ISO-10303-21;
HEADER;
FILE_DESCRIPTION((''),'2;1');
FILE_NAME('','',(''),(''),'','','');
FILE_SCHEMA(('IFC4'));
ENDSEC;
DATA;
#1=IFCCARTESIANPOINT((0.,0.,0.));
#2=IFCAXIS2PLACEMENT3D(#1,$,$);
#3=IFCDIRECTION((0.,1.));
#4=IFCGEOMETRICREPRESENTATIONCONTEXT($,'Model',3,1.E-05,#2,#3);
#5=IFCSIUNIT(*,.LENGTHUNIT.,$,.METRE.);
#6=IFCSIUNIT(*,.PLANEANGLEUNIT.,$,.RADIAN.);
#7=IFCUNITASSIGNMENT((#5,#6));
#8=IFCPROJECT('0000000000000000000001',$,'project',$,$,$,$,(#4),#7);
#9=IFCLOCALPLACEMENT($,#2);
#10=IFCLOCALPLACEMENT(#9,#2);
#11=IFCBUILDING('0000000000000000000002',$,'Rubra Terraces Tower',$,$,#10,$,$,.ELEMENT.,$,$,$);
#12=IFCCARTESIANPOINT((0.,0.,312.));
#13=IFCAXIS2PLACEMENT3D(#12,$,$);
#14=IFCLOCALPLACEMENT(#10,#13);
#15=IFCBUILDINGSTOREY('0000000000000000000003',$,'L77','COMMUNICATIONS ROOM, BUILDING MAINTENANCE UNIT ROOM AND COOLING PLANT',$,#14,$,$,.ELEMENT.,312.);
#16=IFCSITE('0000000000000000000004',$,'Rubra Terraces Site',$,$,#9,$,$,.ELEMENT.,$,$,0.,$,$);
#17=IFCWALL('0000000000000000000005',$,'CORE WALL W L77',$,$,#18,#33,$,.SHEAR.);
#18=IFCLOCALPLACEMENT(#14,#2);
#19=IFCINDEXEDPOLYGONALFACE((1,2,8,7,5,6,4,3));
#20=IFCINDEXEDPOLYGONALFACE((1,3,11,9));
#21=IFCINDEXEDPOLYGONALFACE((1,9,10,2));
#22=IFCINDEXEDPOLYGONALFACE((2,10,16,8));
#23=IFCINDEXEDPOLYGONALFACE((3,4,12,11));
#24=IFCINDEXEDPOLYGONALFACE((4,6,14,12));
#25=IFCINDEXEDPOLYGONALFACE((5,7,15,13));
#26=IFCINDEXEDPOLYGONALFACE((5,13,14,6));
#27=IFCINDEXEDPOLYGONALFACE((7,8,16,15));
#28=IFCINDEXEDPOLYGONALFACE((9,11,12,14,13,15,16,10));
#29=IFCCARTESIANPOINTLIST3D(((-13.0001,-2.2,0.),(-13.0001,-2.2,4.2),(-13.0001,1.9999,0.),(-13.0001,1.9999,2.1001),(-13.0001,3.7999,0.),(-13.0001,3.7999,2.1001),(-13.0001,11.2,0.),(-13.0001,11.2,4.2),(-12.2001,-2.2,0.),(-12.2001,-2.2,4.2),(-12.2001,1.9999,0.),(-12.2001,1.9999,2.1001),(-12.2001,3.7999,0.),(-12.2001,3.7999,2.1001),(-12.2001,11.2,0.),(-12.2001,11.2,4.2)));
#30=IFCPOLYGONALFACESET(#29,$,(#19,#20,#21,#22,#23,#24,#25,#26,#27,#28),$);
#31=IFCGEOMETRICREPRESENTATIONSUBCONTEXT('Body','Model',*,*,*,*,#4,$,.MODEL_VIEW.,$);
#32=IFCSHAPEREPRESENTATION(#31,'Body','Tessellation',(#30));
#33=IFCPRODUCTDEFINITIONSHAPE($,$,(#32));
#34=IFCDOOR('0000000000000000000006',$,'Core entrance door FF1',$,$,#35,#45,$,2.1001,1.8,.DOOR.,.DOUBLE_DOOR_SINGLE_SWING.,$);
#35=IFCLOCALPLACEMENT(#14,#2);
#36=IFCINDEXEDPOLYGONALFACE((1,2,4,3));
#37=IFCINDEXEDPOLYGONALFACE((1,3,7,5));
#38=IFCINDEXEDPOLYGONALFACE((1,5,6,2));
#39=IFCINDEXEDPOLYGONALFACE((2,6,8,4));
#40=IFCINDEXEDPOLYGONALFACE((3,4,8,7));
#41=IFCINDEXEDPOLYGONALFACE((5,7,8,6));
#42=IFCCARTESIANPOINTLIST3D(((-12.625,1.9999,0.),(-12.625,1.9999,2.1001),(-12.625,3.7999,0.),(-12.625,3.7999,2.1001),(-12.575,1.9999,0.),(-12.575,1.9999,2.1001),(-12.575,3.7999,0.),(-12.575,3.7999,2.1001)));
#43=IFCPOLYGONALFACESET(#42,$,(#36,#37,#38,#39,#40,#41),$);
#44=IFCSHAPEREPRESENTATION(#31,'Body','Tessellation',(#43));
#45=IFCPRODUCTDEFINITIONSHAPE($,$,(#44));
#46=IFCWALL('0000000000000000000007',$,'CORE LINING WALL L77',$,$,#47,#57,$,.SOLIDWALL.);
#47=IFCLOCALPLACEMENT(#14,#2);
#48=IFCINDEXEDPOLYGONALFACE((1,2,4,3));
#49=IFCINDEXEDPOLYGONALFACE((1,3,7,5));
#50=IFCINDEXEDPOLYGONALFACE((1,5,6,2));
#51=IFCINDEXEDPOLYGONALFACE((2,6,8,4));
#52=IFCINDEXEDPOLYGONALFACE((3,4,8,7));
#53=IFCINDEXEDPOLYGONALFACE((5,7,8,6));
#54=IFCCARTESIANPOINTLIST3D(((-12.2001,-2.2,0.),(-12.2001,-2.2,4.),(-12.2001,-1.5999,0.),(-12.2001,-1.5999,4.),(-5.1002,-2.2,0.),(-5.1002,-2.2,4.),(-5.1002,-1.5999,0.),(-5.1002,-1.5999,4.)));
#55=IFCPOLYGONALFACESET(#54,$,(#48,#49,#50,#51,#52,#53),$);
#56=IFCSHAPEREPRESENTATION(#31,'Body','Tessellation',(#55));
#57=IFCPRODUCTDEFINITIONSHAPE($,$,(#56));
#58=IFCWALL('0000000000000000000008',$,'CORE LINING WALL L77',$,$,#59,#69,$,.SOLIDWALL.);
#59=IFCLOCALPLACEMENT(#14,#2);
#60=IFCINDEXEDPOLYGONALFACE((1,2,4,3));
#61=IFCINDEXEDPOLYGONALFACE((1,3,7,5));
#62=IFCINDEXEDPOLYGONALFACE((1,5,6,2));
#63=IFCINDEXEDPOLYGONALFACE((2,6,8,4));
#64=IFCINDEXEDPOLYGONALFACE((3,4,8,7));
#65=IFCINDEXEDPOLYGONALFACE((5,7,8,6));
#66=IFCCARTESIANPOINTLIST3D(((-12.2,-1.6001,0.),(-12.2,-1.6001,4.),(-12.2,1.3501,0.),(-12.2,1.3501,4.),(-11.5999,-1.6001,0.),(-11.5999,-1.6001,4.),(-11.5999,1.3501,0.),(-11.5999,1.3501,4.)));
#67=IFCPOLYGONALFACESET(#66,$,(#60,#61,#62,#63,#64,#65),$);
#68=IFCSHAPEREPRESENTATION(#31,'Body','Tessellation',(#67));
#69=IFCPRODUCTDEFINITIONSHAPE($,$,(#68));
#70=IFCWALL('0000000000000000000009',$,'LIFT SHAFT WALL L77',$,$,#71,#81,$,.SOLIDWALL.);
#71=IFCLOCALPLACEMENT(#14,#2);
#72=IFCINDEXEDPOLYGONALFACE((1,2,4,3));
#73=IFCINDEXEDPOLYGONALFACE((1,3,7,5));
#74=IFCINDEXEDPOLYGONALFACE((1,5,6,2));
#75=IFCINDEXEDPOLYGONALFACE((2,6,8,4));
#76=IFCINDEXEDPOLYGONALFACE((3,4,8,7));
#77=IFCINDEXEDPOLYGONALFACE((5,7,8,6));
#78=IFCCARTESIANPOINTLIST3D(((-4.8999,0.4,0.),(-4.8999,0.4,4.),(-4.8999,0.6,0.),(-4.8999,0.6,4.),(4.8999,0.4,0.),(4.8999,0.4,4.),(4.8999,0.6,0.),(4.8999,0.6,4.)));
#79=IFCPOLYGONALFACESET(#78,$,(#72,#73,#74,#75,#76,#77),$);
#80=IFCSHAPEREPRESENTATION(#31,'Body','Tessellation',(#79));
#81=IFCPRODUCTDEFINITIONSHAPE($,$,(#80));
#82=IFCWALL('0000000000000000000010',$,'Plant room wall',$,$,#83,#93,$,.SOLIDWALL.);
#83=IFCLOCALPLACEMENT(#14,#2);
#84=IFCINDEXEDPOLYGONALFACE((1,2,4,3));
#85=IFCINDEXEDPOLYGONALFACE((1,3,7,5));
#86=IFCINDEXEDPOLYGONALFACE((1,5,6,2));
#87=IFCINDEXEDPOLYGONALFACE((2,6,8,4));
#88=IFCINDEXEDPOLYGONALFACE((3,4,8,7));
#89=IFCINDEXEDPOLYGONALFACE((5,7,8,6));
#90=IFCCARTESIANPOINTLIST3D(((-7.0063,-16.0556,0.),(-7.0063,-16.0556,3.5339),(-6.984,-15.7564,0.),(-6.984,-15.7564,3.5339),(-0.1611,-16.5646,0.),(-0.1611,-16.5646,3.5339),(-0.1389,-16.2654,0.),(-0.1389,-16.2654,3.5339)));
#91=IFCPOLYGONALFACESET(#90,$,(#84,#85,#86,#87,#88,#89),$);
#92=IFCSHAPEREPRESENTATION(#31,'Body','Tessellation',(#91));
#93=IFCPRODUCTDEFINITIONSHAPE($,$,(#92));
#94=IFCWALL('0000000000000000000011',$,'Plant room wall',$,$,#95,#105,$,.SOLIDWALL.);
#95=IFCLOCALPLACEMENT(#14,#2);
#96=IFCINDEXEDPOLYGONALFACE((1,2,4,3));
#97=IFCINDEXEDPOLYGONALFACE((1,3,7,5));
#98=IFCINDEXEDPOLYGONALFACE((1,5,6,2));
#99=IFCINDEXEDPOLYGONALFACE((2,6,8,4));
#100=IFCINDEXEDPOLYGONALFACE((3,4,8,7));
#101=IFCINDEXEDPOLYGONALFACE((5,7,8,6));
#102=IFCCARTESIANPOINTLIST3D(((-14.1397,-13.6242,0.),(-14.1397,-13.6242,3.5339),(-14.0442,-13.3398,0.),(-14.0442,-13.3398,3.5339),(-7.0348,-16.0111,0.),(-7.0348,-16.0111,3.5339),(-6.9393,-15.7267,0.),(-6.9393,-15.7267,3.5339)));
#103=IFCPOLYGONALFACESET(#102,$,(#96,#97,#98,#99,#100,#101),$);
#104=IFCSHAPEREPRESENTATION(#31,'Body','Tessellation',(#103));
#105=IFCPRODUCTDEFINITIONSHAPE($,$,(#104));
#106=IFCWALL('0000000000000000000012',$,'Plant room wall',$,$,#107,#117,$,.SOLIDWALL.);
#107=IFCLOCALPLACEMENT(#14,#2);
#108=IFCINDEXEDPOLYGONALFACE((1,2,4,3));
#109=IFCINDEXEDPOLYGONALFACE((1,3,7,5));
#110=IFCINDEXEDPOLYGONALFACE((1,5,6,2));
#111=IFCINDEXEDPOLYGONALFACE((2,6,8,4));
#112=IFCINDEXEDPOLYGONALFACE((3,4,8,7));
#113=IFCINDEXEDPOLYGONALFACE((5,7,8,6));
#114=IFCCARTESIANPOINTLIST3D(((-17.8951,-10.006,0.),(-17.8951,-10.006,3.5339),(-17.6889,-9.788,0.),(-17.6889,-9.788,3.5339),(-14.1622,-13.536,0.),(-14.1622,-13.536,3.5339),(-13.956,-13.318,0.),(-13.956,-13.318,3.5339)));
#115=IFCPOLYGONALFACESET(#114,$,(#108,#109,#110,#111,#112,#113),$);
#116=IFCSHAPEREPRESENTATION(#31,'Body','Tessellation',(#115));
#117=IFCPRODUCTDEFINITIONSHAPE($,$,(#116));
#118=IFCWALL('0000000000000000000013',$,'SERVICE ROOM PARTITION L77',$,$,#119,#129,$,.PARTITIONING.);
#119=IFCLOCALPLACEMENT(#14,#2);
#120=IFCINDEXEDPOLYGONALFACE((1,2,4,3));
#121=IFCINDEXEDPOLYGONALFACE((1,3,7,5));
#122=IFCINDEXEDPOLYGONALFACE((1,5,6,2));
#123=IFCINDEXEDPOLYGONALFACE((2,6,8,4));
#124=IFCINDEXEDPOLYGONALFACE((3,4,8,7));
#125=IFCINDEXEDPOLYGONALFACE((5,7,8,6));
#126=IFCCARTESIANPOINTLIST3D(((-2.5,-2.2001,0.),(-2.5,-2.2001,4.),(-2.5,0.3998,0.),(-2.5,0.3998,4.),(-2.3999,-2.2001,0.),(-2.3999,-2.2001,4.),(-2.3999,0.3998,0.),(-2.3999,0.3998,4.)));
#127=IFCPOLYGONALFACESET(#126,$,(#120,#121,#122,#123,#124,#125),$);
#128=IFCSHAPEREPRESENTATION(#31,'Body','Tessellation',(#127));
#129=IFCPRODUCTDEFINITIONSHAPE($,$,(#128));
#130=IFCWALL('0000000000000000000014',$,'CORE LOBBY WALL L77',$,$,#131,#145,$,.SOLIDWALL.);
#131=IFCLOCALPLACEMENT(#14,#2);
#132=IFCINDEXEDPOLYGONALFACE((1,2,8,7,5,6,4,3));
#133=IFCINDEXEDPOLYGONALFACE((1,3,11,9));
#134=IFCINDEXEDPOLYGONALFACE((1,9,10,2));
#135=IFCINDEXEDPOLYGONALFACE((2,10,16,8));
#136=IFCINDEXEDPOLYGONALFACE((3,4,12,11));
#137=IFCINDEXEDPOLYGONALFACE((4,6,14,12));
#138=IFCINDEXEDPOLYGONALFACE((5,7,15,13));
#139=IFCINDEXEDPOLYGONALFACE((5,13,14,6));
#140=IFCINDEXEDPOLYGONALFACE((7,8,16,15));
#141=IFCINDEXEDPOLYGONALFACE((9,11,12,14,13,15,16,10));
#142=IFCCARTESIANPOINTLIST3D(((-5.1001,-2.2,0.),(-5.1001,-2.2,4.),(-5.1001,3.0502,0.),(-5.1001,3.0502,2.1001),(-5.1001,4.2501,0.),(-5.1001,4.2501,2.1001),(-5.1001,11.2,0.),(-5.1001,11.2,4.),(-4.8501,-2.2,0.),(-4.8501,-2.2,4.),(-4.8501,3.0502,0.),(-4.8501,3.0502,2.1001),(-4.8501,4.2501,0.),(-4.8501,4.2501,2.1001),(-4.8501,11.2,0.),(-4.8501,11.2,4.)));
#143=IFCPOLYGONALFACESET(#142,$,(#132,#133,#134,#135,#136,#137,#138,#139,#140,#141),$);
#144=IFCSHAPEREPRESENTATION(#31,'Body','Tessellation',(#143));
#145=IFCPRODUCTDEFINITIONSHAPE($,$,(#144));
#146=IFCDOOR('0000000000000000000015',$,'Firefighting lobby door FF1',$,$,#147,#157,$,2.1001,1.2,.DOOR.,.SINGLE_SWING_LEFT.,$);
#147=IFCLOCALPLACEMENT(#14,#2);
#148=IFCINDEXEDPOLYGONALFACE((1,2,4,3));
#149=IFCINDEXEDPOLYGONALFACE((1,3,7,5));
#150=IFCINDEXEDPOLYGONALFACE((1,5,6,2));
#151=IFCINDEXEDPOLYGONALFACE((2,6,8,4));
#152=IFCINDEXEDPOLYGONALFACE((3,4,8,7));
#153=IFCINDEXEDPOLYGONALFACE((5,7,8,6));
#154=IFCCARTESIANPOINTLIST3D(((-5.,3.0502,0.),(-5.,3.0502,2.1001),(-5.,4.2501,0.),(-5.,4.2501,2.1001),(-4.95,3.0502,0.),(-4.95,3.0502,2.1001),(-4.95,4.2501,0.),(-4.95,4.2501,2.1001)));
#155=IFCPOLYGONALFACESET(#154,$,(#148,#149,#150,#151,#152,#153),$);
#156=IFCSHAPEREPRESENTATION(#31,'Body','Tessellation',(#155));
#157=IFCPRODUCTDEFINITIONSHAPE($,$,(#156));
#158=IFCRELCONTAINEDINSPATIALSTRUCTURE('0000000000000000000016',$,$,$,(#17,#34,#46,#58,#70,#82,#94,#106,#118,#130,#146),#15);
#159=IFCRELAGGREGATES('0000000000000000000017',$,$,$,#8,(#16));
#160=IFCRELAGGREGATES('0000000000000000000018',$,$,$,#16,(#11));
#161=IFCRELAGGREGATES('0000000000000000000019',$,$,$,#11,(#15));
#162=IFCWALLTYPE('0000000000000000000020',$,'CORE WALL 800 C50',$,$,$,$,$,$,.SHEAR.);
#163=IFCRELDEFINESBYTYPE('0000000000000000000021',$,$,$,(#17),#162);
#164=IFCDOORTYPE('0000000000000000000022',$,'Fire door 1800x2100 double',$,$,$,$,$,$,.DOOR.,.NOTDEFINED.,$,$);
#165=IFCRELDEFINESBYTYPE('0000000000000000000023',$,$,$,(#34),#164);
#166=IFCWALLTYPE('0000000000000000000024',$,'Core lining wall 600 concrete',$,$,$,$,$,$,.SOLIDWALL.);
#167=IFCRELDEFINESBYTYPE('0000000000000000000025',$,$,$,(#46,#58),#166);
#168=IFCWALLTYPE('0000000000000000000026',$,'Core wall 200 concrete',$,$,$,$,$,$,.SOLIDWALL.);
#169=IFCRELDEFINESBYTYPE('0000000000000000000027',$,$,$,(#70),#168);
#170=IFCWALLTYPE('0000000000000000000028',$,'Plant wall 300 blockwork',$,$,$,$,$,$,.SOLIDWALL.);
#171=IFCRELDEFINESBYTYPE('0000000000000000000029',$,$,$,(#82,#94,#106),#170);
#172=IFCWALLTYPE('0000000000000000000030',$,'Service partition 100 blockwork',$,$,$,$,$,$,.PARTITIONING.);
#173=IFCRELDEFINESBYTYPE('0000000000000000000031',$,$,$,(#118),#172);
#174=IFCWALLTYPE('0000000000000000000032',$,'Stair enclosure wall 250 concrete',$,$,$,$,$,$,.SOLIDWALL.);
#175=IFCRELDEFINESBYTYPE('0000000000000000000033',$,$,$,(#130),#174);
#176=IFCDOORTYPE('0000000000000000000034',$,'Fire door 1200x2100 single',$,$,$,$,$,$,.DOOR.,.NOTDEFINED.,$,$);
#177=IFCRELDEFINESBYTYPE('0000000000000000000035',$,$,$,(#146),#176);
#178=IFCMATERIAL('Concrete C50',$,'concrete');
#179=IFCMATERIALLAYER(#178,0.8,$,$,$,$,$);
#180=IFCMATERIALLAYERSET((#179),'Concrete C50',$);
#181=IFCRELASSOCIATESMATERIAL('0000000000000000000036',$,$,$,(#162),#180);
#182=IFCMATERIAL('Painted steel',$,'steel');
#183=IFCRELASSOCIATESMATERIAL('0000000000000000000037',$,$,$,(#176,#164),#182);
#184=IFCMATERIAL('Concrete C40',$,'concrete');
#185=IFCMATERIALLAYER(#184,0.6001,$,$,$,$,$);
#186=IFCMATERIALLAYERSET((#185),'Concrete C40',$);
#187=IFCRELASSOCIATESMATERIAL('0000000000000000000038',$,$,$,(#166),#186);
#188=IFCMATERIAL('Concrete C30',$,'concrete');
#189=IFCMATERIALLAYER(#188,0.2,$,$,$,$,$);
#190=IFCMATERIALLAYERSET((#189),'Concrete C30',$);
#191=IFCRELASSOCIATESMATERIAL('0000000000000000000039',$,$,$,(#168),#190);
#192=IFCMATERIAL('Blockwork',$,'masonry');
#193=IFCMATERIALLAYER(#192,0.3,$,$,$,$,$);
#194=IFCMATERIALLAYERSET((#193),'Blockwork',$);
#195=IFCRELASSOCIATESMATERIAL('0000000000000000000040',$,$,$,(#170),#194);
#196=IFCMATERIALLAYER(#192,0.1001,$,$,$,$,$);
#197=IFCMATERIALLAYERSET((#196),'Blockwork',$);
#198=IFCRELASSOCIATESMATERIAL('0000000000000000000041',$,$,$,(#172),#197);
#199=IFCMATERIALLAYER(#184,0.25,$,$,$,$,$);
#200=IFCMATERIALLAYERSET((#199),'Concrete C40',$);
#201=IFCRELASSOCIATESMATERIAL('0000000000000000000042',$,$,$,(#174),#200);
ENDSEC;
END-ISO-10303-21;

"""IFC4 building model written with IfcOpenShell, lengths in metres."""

from ifc_helpers import new_model, si_unit, direction, frame, frame_2d, origin, place, context, subcontext, project, spatial, rectangle, extrude, material, layer, layer_set, type_object, element, fill, save


model = new_model("IFC4")

# Units and contexts
model_context = context("Model", 3, precision=1e-05, world=origin(), true_north=direction((0.0, 1.0)))
body_context = subcontext(model_context, "Body", "Model", "MODEL_VIEW")
ifc_project = project(units=[si_unit("LENGTHUNIT", "METRE"), si_unit("PLANEANGLEUNIT", "RADIAN")], contexts=[model_context])

# Site, building, storey
site_placement = place(None, origin())
site = spatial("IfcSite", under=ifc_project, at=site_placement, Name="Rubra Terraces Site", CompositionType="ELEMENT", RefElevation=0.0)
building_placement = place(site_placement, origin())
building = spatial("IfcBuilding", under=site, at=building_placement, Name="Rubra Terraces Tower", CompositionType="ELEMENT")
storey_placement = place(building_placement, frame((0.0, 0.0, 312.0)))
storey = spatial("IfcBuildingStorey", under=building, at=storey_placement, Name="L77", Description="COMMUNICATIONS ROOM, BUILDING MAINTENANCE UNIT ROOM AND COOLING PLANT", CompositionType="ELEMENT", Elevation=312.0)

# Shared definitions
ifc_material_1 = material(Name="Concrete C50", Category="concrete")
ifc_layer_1 = layer(ifc_material_1, 0.8)
ifc_layer_set_1 = layer_set([ifc_layer_1], Name="Concrete C50")
wall_type_1 = type_object("IfcWallType", Name="CORE WALL 800 C50", PredefinedType="SHEAR", material=ifc_layer_set_1)
ifc_material_2 = material(Name="Painted steel", Category="steel")
door_type_1 = type_object("IfcDoorType", Name="Fire door 1200x2100 single", OperationType="NOTDEFINED", PredefinedType="DOOR", material=ifc_material_2)

# Wall, opening, door
wall_1_placement = place(storey_placement, frame((-12.6001, -2.2, 0.0), z_axis=(0.0, 0.0, 1.0), x_axis=(0.0, 1.0, 0.0)))
wall_1 = element("IfcWall", 1, at=wall_1_placement, inside=storey, type_object=wall_type_1, Name="CORE WALL W L77", PredefinedType="SHEAR", context=body_context, shape_type="SweptSolid", body=[
    extrude(rectangle(XDim=13.3999, YDim=0.8, at=frame_2d((6.7, 0.0))), origin(), (0.0, 0.0, 1.0), 4.2),
])
opening_1_placement = place(wall_1_placement, frame((4.2, 0.0, 0.0)))
opening_1 = element("IfcOpeningElement", 2, at=opening_1_placement, cuts=wall_1, PredefinedType="OPENING", context=body_context, shape_type="SweptSolid", body=[
    extrude(rectangle(XDim=1.8, YDim=2.1001, at=frame_2d((0.8999, 1.05))), frame((0.0, 0.4099, 0.0), z_axis=(0.0, -1.0, 0.0), x_axis=(1.0, 0.0, 0.0)), (0.0, 0.0, 1.0), 0.8201),
])
door_type_2 = type_object("IfcDoorType", Name="Fire door 1800x2100 double", OperationType="NOTDEFINED", PredefinedType="DOOR", material=ifc_material_2)
door_1_placement = place(opening_1_placement, origin())
door_1 = element("IfcDoor", 3, at=door_1_placement, inside=storey, type_object=door_type_2, Name="Core entrance door FF1", OperationType="DOUBLE_DOOR_SINGLE_SWING", OverallHeight=2.1001, OverallWidth=1.8, PredefinedType="DOOR", context=body_context, shape_type="SweptSolid", body=[
    extrude(rectangle(XDim=1.8, YDim=2.1001, at=frame_2d((0.8999, 1.05))), frame((0.0, 0.0249, 0.0), z_axis=(0.0, -1.0, 0.0), x_axis=(1.0, 0.0, 0.0)), (0.0, 0.0, 1.0), 0.05),
])
fill(opening_1, door_1)

# Walls
ifc_material_3 = material(Name="Concrete C40", Category="concrete")
ifc_layer_2 = layer(ifc_material_3, 0.6001)
ifc_layer_set_2 = layer_set([ifc_layer_2], Name="Concrete C40")
wall_type_2 = type_object("IfcWallType", Name="Core lining wall 600 concrete", PredefinedType="SOLIDWALL", material=ifc_layer_set_2)
wall_2_placement = place(storey_placement, frame((-12.2, -1.8999, 0.0), z_axis=(0.0, 0.0, 1.0), x_axis=(1.0, 0.0, 0.0)))
element("IfcWall", 4, at=wall_2_placement, inside=storey, type_object=wall_type_2, Name="CORE LINING WALL L77", PredefinedType="SOLIDWALL", context=body_context, shape_type="SweptSolid", body=[
    extrude(rectangle(XDim=7.0999, YDim=0.6001, at=frame_2d((3.5498, 0.0))), origin(), (0.0, 0.0, 1.0), 4.0),
])
wall_3_placement = place(storey_placement, frame((-11.8999, -1.6001, 0.0), z_axis=(0.0, 0.0, 1.0), x_axis=(0.0, 1.0, 0.0)))
element("IfcWall", 5, at=wall_3_placement, inside=storey, type_object=wall_type_2, Name="CORE LINING WALL L77", PredefinedType="SOLIDWALL", context=body_context, shape_type="SweptSolid", body=[
    extrude(rectangle(XDim=2.9502, YDim=0.6001, at=frame_2d((1.4751, 0.0))), origin(), (0.0, 0.0, 1.0), 4.0),
])
ifc_material_4 = material(Name="Concrete C30", Category="concrete")
ifc_layer_3 = layer(ifc_material_4, 0.2)
ifc_layer_set_3 = layer_set([ifc_layer_3], Name="Concrete C30")
wall_type_3 = type_object("IfcWallType", Name="Core wall 200 concrete", PredefinedType="SOLIDWALL", material=ifc_layer_set_3)
wall_4_placement = place(storey_placement, frame((-4.8999, 0.5, 0.0), z_axis=(0.0, 0.0, 1.0), x_axis=(1.0, 0.0, 0.0)))
element("IfcWall", 6, at=wall_4_placement, inside=storey, type_object=wall_type_3, Name="LIFT SHAFT WALL L77", PredefinedType="SOLIDWALL", context=body_context, shape_type="SweptSolid", body=[
    extrude(rectangle(XDim=9.7998, YDim=0.2, at=frame_2d((4.8999, 0.0))), origin(), (0.0, 0.0, 1.0), 4.0),
])
ifc_material_5 = material(Name="Blockwork", Category="masonry")
ifc_layer_4 = layer(ifc_material_5, 0.3)
ifc_layer_set_4 = layer_set([ifc_layer_4], Name="Blockwork")
wall_type_4 = type_object("IfcWallType", Name="Plant wall 300 blockwork", PredefinedType="SOLIDWALL", material=ifc_layer_set_4)
wall_5_placement = place(storey_placement, frame((-0.1499, -16.415, 0.0), z_axis=(0.0, 0.0, 1.0), x_axis=(-0.997246, 0.074159, 0.0)))
element("IfcWall", 7, at=wall_5_placement, inside=storey, type_object=wall_type_4, Name="Plant room wall", PredefinedType="SOLIDWALL", context=body_context, shape_type="SweptSolid", body=[
    extrude(rectangle(XDim=6.864, YDim=0.3, at=frame_2d((3.4321, 0.0))), origin(), (0.0, 0.0, 1.0), 3.5339),
])
wall_6_placement = place(storey_placement, frame((-6.9871, -15.8689, 0.0), z_axis=(0.0, 0.0, 1.0), x_axis=(-0.947935, 0.318465, 0.0)))
element("IfcWall", 8, at=wall_6_placement, inside=storey, type_object=wall_type_4, Name="Plant room wall", PredefinedType="SOLIDWALL", context=body_context, shape_type="SweptSolid", body=[
    extrude(rectangle(XDim=7.4951, YDim=0.3, at=frame_2d((3.7476, 0.0))), origin(), (0.0, 0.0, 1.0), 3.5339),
])
wall_7_placement = place(storey_placement, frame((-14.0591, -13.427, 0.0), z_axis=(0.0, 0.0, 1.0), x_axis=(-0.726575, 0.687087, 0.0)))
element("IfcWall", 9, at=wall_7_placement, inside=storey, type_object=wall_type_4, Name="Plant room wall", PredefinedType="SOLIDWALL", context=body_context, shape_type="SweptSolid", body=[
    extrude(rectangle(XDim=5.1377, YDim=0.3, at=frame_2d((2.5688, 0.0))), origin(), (0.0, 0.0, 1.0), 3.5339),
])
ifc_layer_5 = layer(ifc_material_5, 0.1001)
ifc_layer_set_5 = layer_set([ifc_layer_5], Name="Blockwork")
wall_type_5 = type_object("IfcWallType", Name="Service partition 100 blockwork", PredefinedType="PARTITIONING", material=ifc_layer_set_5)
wall_8_placement = place(storey_placement, frame((-2.45, -2.2, 0.0), z_axis=(0.0, 0.0, 1.0), x_axis=(0.0, 1.0, 0.0)))
element("IfcWall", 10, at=wall_8_placement, inside=storey, type_object=wall_type_5, Name="SERVICE ROOM PARTITION L77", PredefinedType="PARTITIONING", context=body_context, shape_type="SweptSolid", body=[
    extrude(rectangle(XDim=2.5999, YDim=0.1001, at=frame_2d((1.2998, 0.0))), origin(), (0.0, 0.0, 1.0), 4.0),
])

# Wall, opening, door
ifc_layer_6 = layer(ifc_material_3, 0.25)
ifc_layer_set_6 = layer_set([ifc_layer_6], Name="Concrete C40")
wall_type_6 = type_object("IfcWallType", Name="Stair enclosure wall 250 concrete", PredefinedType="SOLIDWALL", material=ifc_layer_set_6)
wall_9_placement = place(storey_placement, frame((-4.9751, -2.2, 0.0), z_axis=(0.0, 0.0, 1.0), x_axis=(0.0, 1.0, 0.0)))
wall_9 = element("IfcWall", 11, at=wall_9_placement, inside=storey, type_object=wall_type_6, Name="CORE LOBBY WALL L77", PredefinedType="SOLIDWALL", context=body_context, shape_type="SweptSolid", body=[
    extrude(rectangle(XDim=13.3999, YDim=0.25, at=frame_2d((6.7, 0.0))), origin(), (0.0, 0.0, 1.0), 4.0),
])
opening_2_placement = place(wall_9_placement, frame((5.25, 0.0, 0.0)))
opening_2 = element("IfcOpeningElement", 12, at=opening_2_placement, cuts=wall_9, PredefinedType="OPENING", context=body_context, shape_type="SweptSolid", body=[
    extrude(rectangle(XDim=1.2, YDim=2.1001, at=frame_2d((0.6001, 1.05))), frame((0.0, 0.135, 0.0), z_axis=(0.0, -1.0, 0.0), x_axis=(1.0, 0.0, 0.0)), (0.0, 0.0, 1.0), 0.27),
])
door_2_placement = place(opening_2_placement, origin())
door_2 = element("IfcDoor", 13, at=door_2_placement, inside=storey, type_object=door_type_1, Name="Firefighting lobby door FF1", OperationType="SINGLE_SWING_LEFT", OverallHeight=2.1001, OverallWidth=1.2, PredefinedType="DOOR", context=body_context, shape_type="SweptSolid", body=[
    extrude(rectangle(XDim=1.2, YDim=2.1001, at=frame_2d((0.6001, 1.05))), frame((0.0, 0.0249, 0.0), z_axis=(0.0, -1.0, 0.0), x_axis=(1.0, 0.0, 0.0)), (0.0, 0.0, 1.0), 0.05),
])
fill(opening_2, door_2)

save(model, "model.ifc")
